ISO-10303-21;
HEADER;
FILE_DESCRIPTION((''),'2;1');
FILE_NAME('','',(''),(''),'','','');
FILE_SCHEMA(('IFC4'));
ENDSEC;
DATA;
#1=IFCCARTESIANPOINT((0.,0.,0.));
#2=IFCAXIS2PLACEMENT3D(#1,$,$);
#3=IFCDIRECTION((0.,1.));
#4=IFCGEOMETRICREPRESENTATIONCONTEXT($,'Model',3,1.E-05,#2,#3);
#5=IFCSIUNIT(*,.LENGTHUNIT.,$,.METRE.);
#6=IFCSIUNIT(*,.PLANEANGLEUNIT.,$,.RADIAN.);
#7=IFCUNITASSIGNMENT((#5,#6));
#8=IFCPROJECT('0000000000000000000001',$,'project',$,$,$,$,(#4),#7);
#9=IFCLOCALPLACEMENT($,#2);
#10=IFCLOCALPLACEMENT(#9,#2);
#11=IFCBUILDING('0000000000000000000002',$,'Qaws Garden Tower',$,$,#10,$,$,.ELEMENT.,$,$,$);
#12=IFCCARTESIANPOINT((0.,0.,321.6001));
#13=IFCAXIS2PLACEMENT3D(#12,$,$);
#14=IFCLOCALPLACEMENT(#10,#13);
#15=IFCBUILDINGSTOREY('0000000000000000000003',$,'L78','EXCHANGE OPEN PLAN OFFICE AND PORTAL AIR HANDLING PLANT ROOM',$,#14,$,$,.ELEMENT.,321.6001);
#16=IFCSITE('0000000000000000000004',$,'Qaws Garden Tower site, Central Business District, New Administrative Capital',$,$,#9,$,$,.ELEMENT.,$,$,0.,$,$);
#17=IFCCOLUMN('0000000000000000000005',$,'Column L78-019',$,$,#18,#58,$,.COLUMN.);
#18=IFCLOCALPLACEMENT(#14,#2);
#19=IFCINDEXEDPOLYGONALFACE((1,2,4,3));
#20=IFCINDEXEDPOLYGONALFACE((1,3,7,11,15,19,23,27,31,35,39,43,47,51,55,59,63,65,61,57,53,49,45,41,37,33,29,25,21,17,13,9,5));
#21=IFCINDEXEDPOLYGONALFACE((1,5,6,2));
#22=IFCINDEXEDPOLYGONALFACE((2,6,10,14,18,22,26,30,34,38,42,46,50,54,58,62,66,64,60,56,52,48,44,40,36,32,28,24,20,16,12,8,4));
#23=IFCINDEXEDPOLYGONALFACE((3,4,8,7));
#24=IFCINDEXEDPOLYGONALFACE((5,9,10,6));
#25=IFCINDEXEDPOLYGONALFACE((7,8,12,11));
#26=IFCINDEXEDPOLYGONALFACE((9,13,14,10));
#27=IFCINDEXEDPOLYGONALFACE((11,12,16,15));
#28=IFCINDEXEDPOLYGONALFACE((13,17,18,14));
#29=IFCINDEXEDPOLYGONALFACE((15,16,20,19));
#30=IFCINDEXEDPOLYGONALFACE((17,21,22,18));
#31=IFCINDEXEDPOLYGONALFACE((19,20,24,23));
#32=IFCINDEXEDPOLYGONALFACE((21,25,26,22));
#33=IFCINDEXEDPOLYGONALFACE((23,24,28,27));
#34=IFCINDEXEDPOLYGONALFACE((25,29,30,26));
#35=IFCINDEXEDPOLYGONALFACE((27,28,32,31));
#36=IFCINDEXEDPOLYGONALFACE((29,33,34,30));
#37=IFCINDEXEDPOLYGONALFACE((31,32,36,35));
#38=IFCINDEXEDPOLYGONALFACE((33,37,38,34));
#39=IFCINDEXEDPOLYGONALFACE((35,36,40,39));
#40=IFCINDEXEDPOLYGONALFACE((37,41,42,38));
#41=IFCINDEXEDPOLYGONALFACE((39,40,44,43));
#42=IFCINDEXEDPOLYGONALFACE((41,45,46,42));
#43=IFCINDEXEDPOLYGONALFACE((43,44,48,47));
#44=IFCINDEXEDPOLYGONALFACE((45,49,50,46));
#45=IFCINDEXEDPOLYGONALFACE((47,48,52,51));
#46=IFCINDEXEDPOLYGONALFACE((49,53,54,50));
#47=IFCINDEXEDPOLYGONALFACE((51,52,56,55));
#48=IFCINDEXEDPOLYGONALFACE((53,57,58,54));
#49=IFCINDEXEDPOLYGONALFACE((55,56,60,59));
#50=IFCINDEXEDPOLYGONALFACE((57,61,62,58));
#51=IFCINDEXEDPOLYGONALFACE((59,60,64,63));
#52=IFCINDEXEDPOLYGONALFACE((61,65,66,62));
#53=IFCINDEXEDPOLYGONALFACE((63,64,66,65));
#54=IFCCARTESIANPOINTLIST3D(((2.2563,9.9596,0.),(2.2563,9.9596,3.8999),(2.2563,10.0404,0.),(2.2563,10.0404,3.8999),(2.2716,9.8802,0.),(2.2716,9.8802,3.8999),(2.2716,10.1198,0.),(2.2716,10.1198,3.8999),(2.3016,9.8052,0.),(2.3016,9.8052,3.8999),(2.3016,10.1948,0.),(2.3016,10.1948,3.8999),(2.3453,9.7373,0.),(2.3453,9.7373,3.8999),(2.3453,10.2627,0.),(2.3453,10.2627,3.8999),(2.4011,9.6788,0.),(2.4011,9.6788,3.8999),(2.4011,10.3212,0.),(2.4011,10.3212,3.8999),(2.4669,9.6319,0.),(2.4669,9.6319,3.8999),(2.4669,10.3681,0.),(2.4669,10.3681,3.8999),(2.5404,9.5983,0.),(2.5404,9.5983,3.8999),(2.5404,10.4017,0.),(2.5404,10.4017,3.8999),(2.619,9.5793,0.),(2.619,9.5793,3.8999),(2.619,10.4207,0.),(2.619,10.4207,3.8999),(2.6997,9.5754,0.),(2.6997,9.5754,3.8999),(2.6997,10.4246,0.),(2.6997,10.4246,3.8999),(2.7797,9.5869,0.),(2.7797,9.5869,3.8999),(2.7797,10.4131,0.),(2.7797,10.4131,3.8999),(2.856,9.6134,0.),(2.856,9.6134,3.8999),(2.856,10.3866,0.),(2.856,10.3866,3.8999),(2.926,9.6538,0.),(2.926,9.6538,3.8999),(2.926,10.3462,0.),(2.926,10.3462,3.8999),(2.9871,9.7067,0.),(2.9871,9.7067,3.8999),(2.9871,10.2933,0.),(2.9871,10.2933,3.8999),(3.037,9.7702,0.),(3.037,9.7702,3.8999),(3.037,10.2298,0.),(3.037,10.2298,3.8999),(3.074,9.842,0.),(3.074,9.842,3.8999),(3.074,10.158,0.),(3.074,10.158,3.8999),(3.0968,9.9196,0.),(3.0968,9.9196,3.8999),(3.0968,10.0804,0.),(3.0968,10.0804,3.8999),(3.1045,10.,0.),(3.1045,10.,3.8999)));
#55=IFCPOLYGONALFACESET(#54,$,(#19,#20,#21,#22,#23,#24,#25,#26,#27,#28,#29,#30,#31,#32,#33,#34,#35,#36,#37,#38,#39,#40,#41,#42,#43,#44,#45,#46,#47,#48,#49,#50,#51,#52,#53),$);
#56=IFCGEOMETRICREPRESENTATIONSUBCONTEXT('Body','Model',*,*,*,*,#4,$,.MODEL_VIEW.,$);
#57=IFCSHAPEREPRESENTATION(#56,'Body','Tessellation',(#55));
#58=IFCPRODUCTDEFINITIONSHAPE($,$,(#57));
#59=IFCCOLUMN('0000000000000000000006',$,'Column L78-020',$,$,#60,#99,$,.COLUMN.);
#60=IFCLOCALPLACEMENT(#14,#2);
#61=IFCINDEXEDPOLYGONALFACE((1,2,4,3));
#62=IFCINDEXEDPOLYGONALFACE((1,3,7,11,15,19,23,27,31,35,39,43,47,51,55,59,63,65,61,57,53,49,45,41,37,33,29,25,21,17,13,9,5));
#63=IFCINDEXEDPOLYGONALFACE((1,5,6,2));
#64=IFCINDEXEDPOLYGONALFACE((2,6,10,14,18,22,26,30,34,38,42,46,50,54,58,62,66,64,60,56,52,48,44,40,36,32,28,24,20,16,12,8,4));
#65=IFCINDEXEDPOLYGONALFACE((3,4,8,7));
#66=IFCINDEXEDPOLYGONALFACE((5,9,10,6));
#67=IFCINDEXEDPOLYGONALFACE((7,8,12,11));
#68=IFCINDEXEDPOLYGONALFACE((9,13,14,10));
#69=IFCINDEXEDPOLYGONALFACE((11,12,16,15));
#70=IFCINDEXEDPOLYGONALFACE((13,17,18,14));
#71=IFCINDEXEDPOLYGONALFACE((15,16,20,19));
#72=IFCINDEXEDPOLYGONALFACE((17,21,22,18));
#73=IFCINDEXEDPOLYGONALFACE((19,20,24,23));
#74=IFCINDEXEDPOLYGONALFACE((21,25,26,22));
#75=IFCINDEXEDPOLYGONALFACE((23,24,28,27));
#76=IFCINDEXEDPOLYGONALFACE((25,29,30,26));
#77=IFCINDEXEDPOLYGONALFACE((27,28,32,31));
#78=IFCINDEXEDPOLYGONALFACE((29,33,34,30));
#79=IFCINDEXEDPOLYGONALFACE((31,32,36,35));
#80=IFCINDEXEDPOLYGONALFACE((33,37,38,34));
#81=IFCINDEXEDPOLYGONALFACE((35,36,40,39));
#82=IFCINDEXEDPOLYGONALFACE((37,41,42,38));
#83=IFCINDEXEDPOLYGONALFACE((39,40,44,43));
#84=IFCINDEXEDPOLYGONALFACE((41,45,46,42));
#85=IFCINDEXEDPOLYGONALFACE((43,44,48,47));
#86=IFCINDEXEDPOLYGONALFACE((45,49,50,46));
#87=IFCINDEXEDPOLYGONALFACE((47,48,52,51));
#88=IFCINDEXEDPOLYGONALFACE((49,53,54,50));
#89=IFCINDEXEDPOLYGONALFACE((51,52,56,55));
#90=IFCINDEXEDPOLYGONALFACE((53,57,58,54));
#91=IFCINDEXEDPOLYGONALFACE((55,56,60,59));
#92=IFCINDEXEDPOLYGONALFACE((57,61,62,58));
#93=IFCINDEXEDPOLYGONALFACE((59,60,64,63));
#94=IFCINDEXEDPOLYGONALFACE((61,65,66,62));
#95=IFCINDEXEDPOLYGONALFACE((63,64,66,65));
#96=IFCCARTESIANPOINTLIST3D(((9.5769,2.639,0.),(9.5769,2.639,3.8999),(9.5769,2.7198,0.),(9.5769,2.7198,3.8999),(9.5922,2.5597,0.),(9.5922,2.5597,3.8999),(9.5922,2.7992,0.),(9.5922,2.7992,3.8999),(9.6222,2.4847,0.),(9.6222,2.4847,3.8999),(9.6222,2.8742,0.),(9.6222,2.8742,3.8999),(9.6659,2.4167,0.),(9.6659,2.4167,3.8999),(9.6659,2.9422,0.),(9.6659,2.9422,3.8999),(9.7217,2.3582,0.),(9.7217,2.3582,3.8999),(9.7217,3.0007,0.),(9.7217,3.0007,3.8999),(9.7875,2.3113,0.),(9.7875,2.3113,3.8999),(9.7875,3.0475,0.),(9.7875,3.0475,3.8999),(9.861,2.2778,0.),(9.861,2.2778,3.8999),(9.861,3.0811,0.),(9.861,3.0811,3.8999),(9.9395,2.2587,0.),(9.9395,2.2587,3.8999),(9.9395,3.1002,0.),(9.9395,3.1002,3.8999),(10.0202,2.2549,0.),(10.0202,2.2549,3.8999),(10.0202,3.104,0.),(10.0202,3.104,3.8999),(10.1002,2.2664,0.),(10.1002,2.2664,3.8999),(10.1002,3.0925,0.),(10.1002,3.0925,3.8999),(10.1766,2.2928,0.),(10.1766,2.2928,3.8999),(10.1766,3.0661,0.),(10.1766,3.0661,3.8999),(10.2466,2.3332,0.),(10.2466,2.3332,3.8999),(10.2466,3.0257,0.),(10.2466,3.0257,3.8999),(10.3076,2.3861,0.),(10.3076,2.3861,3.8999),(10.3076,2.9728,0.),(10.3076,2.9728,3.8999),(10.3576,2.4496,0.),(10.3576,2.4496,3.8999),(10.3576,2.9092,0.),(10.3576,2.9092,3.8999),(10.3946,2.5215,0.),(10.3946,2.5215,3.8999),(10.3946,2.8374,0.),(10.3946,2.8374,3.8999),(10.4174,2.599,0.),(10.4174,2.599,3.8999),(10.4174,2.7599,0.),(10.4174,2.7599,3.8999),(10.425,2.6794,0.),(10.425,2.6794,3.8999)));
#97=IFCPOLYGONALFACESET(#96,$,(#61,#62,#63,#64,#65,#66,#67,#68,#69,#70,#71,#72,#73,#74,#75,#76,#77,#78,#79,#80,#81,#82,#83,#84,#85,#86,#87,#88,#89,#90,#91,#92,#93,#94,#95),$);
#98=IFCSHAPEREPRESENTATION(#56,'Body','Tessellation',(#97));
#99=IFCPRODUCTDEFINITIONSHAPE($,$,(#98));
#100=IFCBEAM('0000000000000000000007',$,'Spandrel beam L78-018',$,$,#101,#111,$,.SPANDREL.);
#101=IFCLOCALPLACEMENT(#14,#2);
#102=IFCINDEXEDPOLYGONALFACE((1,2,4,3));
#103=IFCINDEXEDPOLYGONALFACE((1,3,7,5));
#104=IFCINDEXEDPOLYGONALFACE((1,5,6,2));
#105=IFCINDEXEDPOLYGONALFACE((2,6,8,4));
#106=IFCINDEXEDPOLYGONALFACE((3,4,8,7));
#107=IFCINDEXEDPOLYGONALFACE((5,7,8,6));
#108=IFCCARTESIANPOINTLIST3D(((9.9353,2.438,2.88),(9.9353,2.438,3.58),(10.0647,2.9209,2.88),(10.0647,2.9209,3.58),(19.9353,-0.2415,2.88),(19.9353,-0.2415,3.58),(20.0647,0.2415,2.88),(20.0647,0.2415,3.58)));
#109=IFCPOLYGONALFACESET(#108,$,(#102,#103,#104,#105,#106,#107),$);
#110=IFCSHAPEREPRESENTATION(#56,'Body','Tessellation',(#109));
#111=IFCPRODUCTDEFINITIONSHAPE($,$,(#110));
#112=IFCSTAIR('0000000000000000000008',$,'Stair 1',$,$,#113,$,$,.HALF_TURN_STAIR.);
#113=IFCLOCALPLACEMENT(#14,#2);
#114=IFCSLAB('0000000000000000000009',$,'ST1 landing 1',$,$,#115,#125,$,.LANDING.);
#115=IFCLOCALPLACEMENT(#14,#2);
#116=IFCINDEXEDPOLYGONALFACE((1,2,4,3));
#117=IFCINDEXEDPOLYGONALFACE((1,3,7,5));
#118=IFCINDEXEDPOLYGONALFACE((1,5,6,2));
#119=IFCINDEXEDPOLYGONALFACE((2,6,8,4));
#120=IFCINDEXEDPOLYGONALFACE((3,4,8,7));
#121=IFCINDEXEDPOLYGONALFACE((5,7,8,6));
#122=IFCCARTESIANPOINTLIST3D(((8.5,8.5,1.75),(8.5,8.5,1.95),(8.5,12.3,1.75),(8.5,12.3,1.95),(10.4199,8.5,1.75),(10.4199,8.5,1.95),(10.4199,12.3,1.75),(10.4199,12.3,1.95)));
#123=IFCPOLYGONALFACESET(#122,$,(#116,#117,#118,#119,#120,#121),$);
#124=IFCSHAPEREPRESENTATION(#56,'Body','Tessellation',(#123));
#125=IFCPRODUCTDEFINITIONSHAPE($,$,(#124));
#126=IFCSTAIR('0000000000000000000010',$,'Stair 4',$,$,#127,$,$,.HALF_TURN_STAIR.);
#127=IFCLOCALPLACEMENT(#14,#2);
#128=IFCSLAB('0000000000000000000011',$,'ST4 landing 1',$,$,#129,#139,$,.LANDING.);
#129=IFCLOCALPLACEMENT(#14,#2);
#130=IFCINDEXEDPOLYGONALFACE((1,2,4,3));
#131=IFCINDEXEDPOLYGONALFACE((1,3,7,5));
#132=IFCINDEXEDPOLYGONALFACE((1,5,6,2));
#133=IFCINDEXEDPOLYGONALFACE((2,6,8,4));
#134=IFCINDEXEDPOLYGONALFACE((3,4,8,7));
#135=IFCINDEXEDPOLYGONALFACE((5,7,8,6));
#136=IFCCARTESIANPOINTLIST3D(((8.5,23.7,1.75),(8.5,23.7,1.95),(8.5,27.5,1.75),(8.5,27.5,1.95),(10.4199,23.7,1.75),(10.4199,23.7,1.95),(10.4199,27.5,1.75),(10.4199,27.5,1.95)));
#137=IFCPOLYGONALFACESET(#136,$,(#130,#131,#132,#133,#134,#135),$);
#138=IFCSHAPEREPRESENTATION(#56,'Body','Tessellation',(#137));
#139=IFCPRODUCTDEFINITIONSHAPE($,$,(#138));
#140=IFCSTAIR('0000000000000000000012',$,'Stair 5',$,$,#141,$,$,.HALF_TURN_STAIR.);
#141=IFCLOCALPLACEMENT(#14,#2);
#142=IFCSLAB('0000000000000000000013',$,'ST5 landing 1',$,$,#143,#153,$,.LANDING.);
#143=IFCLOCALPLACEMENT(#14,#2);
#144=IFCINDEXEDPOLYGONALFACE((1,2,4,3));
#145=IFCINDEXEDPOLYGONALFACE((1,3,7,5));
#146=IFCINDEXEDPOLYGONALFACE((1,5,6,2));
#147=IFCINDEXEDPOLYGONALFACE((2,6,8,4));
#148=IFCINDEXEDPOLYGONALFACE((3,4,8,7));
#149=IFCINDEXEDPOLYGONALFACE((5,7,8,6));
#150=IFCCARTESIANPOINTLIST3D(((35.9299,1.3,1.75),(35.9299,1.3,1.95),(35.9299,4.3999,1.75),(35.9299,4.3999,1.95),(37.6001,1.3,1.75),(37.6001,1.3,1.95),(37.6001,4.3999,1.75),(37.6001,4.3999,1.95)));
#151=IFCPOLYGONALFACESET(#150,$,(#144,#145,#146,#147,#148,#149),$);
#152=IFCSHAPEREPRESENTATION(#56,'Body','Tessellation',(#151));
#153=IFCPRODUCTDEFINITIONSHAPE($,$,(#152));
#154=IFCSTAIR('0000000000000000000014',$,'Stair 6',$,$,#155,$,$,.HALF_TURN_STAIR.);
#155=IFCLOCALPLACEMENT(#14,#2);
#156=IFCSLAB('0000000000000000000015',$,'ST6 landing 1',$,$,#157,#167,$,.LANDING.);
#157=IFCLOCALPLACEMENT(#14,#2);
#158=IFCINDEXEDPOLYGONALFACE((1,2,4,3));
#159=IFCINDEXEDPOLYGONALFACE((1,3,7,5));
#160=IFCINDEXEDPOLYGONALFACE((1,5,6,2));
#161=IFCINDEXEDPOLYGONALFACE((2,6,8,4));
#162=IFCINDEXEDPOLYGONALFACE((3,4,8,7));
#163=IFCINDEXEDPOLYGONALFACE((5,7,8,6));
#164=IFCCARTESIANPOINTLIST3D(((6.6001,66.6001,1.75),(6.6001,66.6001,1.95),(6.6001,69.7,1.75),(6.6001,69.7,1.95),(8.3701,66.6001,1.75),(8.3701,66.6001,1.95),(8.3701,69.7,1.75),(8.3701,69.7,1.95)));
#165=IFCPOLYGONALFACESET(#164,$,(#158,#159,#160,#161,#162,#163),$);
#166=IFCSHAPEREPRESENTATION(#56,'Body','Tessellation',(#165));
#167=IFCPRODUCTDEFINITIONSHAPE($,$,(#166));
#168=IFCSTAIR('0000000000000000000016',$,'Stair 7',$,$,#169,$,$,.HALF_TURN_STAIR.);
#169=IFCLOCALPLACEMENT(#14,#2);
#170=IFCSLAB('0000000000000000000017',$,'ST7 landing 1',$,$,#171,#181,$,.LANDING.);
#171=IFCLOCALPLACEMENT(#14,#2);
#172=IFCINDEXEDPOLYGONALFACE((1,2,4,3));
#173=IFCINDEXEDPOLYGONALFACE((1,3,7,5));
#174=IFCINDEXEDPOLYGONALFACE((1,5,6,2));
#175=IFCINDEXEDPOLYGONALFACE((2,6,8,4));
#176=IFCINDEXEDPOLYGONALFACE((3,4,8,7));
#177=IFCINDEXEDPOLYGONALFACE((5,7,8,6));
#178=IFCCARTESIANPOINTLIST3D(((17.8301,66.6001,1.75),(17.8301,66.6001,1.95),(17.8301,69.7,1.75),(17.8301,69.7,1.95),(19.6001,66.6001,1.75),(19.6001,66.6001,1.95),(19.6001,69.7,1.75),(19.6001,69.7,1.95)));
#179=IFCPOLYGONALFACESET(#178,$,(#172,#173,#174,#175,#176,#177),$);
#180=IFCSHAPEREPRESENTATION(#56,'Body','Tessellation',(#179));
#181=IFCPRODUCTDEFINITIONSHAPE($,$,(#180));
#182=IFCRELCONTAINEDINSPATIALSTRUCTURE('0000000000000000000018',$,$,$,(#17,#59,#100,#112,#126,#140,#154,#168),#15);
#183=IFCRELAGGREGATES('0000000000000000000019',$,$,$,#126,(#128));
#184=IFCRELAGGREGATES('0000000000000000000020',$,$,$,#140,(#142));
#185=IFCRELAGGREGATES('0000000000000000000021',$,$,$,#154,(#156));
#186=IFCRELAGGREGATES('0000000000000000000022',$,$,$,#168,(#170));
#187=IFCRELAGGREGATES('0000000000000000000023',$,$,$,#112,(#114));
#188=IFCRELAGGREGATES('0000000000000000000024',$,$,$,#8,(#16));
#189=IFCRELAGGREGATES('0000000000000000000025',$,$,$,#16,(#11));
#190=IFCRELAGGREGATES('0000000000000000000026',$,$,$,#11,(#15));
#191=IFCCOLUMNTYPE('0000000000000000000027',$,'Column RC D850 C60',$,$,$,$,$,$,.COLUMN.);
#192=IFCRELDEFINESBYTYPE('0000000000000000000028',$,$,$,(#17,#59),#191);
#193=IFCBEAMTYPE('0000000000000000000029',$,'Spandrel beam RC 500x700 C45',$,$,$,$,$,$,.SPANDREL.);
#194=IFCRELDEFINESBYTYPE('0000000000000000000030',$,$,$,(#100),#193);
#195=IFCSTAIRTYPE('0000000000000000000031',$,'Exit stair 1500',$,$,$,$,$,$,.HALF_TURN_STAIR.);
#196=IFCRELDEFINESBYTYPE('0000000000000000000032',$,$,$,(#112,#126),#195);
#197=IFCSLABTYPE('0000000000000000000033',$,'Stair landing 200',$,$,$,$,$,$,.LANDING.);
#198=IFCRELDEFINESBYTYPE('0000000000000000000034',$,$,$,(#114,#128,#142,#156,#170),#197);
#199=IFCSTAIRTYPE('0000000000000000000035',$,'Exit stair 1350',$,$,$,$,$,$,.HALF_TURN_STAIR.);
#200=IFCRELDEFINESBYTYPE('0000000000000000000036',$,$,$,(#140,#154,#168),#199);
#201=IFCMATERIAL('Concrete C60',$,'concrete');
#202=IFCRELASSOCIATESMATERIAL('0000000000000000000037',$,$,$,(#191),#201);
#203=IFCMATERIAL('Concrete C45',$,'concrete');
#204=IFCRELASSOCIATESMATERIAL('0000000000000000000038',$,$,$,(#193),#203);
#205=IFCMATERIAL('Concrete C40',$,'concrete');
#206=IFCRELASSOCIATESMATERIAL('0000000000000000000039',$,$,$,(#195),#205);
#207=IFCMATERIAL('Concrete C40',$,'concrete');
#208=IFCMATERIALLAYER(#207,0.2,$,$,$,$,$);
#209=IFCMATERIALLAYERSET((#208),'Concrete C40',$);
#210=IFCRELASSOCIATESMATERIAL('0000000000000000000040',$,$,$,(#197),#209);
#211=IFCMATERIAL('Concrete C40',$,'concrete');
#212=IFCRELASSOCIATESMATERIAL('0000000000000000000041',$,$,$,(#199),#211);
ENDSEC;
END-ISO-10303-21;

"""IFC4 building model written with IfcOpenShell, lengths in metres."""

from ifc_helpers import new_model, si_unit, direction, frame, origin, origin_2d, place, context, subcontext, project, spatial, polyline, rectangle, circle, outline, extrude, material, layer, layer_set, material_profile, profile_set, type_object, element, aggregate, save


model = new_model("IFC4")

# Units and contexts
model_context = context("Model", 3, precision=1e-05, world=origin(), true_north=direction((0.0, 1.0)))
body_context = subcontext(model_context, "Body", "Model", "MODEL_VIEW")
ifc_project = project(units=[si_unit("LENGTHUNIT", "METRE"), si_unit("PLANEANGLEUNIT", "RADIAN")], contexts=[model_context])

# Site, building, storey
site_placement = place(None, origin())
site = spatial("IfcSite", under=ifc_project, at=site_placement, Name="Qaws Garden Tower site, Central Business District, New Administrative Capital", CompositionType="ELEMENT", RefElevation=0.0)
building_placement = place(site_placement, origin())
building = spatial("IfcBuilding", under=site, at=building_placement, Name="Qaws Garden Tower", CompositionType="ELEMENT")
storey_placement = place(building_placement, frame((0.0, 0.0, 321.6001)))
storey = spatial("IfcBuildingStorey", under=building, at=storey_placement, Name="L78", Description="EXCHANGE OPEN PLAN OFFICE AND PORTAL AIR HANDLING PLANT ROOM", CompositionType="ELEMENT", Elevation=321.6001)

# Columns
ifc_material_1 = material(Name="Concrete C60", Category="concrete")
ifc_material_profile_1 = material_profile(ifc_material_1, circle(Radius=0.425, at=origin_2d()), Name="RC D850")
ifc_profile_set_1 = profile_set([ifc_material_profile_1], Name="Concrete C60")
column_type = type_object("IfcColumnType", Name="Column RC D850 C60", PredefinedType="COLUMN", material=ifc_profile_set_1)
for number, where, z_axis, x_axis, name in (
    (1, (2.6794, 10.0, 0.0), (0.0, 0.0, 1.0), (1.0, 0.0, 0.0), "Column L78-019"),
    (2, (10.0, 2.6794, 0.0), (0.0, 0.0, 1.0), (1.0, 0.0, 0.0), "Column L78-020"),
):
    element("IfcColumn", number, at=place(storey_placement, frame(where, z_axis=z_axis, x_axis=x_axis)), inside=storey, type_object=column_type, Name=name, PredefinedType="COLUMN", context=body_context, shape_type="SweptSolid", body=[
        extrude(circle(Radius=0.425, at=origin_2d()), origin(), (0.0, 0.0, 1.0), 3.8999),
    ])

# Beam
ifc_material_2 = material(Name="Concrete C45", Category="concrete")
ifc_material_profile_2 = material_profile(ifc_material_2, rectangle(XDim=0.5, YDim=0.7, at=origin_2d()), Name="RC 500x700")
ifc_profile_set_2 = profile_set([ifc_material_profile_2], Name="Concrete C45")
beam_type = type_object("IfcBeamType", Name="Spandrel beam RC 500x700 C45", PredefinedType="SPANDREL", material=ifc_profile_set_2)
beam_placement = place(storey_placement, frame((10.0, 2.6794, 3.23), z_axis=(0.965927, -0.258815, 0.0), x_axis=(0.258815, 0.965927, 0.0)))
element("IfcBeam", 3, at=beam_placement, inside=storey, type_object=beam_type, Name="Spandrel beam L78-018", PredefinedType="SPANDREL", context=body_context, shape_type="SweptSolid", body=[
    extrude(rectangle(XDim=0.5, YDim=0.7, at=origin_2d()), origin(), (0.0, 0.0, 1.0), 10.3528),
])

# Stairs, slabs
ifc_material_3 = material(Name="Concrete C40", Category="concrete")
stair_type_1 = type_object("IfcStairType", Name="Exit stair 1500", PredefinedType="HALF_TURN_STAIR", material=ifc_material_3)
placement_1 = place(storey_placement, origin())
stair_1 = element("IfcStair", 4, at=placement_1, inside=storey, type_object=stair_type_1, Name="Stair 1", PredefinedType="HALF_TURN_STAIR")
ifc_material_4 = material(Name="Concrete C40", Category="concrete")
ifc_layer_1 = layer(ifc_material_4, 0.2)
ifc_layer_set_1 = layer_set([ifc_layer_1], Name="Concrete C40")
slab_type = type_object("IfcSlabType", Name="Stair landing 200", PredefinedType="LANDING", material=ifc_layer_set_1)
placement_2 = place(storey_placement, frame((0.0, 0.0, 1.75)))
slab_1 = element("IfcSlab", 5, at=placement_2, type_object=slab_type, Name="ST1 landing 1", PredefinedType="LANDING", context=body_context, shape_type="SweptSolid", body=[
    extrude(outline(polyline([(8.5, 8.5), (10.4199, 8.5), (10.4199, 12.3), (8.5, 12.3), (8.5, 8.5)])), origin(), (0.0, 0.0, 1.0), 0.2),
])
stair_2 = element("IfcStair", 6, at=placement_1, inside=storey, type_object=stair_type_1, Name="Stair 4", PredefinedType="HALF_TURN_STAIR")
slab_2 = element("IfcSlab", 7, at=placement_2, type_object=slab_type, Name="ST4 landing 1", PredefinedType="LANDING", context=body_context, shape_type="SweptSolid", body=[
    extrude(outline(polyline([(8.5, 23.7), (10.4199, 23.7), (10.4199, 27.5), (8.5, 27.5), (8.5, 23.7)])), origin(), (0.0, 0.0, 1.0), 0.2),
])
aggregate(stair_2, [slab_2])
ifc_material_5 = material(Name="Concrete C40", Category="concrete")
stair_type_2 = type_object("IfcStairType", Name="Exit stair 1350", PredefinedType="HALF_TURN_STAIR", material=ifc_material_5)
stair_3 = element("IfcStair", 8, at=placement_1, inside=storey, type_object=stair_type_2, Name="Stair 5", PredefinedType="HALF_TURN_STAIR")
slab_3 = element("IfcSlab", 9, at=placement_2, type_object=slab_type, Name="ST5 landing 1", PredefinedType="LANDING", context=body_context, shape_type="SweptSolid", body=[
    extrude(outline(polyline([(35.9299, 1.3), (37.6001, 1.3), (37.6001, 4.3999), (35.9299, 4.3999), (35.9299, 1.3)])), origin(), (0.0, 0.0, 1.0), 0.2),
])
aggregate(stair_3, [slab_3])
stair_4 = element("IfcStair", 10, at=placement_1, inside=storey, type_object=stair_type_2, Name="Stair 6", PredefinedType="HALF_TURN_STAIR")
slab_4 = element("IfcSlab", 11, at=placement_2, type_object=slab_type, Name="ST6 landing 1", PredefinedType="LANDING", context=body_context, shape_type="SweptSolid", body=[
    extrude(outline(polyline([(6.6001, 66.6001), (8.3701, 66.6001), (8.3701, 69.7), (6.6001, 69.7), (6.6001, 66.6001)])), origin(), (0.0, 0.0, 1.0), 0.2),
])
aggregate(stair_4, [slab_4])
stair_5 = element("IfcStair", 12, at=placement_1, inside=storey, type_object=stair_type_2, Name="Stair 7", PredefinedType="HALF_TURN_STAIR")
slab_5 = element("IfcSlab", 13, at=placement_2, type_object=slab_type, Name="ST7 landing 1", PredefinedType="LANDING", context=body_context, shape_type="SweptSolid", body=[
    extrude(outline(polyline([(17.8301, 66.6001), (19.6001, 66.6001), (19.6001, 69.7), (17.8301, 69.7), (17.8301, 66.6001)])), origin(), (0.0, 0.0, 1.0), 0.2),
])
aggregate(stair_5, [slab_5])

aggregate(stair_1, [slab_1])

save(model, "model.ifc")
